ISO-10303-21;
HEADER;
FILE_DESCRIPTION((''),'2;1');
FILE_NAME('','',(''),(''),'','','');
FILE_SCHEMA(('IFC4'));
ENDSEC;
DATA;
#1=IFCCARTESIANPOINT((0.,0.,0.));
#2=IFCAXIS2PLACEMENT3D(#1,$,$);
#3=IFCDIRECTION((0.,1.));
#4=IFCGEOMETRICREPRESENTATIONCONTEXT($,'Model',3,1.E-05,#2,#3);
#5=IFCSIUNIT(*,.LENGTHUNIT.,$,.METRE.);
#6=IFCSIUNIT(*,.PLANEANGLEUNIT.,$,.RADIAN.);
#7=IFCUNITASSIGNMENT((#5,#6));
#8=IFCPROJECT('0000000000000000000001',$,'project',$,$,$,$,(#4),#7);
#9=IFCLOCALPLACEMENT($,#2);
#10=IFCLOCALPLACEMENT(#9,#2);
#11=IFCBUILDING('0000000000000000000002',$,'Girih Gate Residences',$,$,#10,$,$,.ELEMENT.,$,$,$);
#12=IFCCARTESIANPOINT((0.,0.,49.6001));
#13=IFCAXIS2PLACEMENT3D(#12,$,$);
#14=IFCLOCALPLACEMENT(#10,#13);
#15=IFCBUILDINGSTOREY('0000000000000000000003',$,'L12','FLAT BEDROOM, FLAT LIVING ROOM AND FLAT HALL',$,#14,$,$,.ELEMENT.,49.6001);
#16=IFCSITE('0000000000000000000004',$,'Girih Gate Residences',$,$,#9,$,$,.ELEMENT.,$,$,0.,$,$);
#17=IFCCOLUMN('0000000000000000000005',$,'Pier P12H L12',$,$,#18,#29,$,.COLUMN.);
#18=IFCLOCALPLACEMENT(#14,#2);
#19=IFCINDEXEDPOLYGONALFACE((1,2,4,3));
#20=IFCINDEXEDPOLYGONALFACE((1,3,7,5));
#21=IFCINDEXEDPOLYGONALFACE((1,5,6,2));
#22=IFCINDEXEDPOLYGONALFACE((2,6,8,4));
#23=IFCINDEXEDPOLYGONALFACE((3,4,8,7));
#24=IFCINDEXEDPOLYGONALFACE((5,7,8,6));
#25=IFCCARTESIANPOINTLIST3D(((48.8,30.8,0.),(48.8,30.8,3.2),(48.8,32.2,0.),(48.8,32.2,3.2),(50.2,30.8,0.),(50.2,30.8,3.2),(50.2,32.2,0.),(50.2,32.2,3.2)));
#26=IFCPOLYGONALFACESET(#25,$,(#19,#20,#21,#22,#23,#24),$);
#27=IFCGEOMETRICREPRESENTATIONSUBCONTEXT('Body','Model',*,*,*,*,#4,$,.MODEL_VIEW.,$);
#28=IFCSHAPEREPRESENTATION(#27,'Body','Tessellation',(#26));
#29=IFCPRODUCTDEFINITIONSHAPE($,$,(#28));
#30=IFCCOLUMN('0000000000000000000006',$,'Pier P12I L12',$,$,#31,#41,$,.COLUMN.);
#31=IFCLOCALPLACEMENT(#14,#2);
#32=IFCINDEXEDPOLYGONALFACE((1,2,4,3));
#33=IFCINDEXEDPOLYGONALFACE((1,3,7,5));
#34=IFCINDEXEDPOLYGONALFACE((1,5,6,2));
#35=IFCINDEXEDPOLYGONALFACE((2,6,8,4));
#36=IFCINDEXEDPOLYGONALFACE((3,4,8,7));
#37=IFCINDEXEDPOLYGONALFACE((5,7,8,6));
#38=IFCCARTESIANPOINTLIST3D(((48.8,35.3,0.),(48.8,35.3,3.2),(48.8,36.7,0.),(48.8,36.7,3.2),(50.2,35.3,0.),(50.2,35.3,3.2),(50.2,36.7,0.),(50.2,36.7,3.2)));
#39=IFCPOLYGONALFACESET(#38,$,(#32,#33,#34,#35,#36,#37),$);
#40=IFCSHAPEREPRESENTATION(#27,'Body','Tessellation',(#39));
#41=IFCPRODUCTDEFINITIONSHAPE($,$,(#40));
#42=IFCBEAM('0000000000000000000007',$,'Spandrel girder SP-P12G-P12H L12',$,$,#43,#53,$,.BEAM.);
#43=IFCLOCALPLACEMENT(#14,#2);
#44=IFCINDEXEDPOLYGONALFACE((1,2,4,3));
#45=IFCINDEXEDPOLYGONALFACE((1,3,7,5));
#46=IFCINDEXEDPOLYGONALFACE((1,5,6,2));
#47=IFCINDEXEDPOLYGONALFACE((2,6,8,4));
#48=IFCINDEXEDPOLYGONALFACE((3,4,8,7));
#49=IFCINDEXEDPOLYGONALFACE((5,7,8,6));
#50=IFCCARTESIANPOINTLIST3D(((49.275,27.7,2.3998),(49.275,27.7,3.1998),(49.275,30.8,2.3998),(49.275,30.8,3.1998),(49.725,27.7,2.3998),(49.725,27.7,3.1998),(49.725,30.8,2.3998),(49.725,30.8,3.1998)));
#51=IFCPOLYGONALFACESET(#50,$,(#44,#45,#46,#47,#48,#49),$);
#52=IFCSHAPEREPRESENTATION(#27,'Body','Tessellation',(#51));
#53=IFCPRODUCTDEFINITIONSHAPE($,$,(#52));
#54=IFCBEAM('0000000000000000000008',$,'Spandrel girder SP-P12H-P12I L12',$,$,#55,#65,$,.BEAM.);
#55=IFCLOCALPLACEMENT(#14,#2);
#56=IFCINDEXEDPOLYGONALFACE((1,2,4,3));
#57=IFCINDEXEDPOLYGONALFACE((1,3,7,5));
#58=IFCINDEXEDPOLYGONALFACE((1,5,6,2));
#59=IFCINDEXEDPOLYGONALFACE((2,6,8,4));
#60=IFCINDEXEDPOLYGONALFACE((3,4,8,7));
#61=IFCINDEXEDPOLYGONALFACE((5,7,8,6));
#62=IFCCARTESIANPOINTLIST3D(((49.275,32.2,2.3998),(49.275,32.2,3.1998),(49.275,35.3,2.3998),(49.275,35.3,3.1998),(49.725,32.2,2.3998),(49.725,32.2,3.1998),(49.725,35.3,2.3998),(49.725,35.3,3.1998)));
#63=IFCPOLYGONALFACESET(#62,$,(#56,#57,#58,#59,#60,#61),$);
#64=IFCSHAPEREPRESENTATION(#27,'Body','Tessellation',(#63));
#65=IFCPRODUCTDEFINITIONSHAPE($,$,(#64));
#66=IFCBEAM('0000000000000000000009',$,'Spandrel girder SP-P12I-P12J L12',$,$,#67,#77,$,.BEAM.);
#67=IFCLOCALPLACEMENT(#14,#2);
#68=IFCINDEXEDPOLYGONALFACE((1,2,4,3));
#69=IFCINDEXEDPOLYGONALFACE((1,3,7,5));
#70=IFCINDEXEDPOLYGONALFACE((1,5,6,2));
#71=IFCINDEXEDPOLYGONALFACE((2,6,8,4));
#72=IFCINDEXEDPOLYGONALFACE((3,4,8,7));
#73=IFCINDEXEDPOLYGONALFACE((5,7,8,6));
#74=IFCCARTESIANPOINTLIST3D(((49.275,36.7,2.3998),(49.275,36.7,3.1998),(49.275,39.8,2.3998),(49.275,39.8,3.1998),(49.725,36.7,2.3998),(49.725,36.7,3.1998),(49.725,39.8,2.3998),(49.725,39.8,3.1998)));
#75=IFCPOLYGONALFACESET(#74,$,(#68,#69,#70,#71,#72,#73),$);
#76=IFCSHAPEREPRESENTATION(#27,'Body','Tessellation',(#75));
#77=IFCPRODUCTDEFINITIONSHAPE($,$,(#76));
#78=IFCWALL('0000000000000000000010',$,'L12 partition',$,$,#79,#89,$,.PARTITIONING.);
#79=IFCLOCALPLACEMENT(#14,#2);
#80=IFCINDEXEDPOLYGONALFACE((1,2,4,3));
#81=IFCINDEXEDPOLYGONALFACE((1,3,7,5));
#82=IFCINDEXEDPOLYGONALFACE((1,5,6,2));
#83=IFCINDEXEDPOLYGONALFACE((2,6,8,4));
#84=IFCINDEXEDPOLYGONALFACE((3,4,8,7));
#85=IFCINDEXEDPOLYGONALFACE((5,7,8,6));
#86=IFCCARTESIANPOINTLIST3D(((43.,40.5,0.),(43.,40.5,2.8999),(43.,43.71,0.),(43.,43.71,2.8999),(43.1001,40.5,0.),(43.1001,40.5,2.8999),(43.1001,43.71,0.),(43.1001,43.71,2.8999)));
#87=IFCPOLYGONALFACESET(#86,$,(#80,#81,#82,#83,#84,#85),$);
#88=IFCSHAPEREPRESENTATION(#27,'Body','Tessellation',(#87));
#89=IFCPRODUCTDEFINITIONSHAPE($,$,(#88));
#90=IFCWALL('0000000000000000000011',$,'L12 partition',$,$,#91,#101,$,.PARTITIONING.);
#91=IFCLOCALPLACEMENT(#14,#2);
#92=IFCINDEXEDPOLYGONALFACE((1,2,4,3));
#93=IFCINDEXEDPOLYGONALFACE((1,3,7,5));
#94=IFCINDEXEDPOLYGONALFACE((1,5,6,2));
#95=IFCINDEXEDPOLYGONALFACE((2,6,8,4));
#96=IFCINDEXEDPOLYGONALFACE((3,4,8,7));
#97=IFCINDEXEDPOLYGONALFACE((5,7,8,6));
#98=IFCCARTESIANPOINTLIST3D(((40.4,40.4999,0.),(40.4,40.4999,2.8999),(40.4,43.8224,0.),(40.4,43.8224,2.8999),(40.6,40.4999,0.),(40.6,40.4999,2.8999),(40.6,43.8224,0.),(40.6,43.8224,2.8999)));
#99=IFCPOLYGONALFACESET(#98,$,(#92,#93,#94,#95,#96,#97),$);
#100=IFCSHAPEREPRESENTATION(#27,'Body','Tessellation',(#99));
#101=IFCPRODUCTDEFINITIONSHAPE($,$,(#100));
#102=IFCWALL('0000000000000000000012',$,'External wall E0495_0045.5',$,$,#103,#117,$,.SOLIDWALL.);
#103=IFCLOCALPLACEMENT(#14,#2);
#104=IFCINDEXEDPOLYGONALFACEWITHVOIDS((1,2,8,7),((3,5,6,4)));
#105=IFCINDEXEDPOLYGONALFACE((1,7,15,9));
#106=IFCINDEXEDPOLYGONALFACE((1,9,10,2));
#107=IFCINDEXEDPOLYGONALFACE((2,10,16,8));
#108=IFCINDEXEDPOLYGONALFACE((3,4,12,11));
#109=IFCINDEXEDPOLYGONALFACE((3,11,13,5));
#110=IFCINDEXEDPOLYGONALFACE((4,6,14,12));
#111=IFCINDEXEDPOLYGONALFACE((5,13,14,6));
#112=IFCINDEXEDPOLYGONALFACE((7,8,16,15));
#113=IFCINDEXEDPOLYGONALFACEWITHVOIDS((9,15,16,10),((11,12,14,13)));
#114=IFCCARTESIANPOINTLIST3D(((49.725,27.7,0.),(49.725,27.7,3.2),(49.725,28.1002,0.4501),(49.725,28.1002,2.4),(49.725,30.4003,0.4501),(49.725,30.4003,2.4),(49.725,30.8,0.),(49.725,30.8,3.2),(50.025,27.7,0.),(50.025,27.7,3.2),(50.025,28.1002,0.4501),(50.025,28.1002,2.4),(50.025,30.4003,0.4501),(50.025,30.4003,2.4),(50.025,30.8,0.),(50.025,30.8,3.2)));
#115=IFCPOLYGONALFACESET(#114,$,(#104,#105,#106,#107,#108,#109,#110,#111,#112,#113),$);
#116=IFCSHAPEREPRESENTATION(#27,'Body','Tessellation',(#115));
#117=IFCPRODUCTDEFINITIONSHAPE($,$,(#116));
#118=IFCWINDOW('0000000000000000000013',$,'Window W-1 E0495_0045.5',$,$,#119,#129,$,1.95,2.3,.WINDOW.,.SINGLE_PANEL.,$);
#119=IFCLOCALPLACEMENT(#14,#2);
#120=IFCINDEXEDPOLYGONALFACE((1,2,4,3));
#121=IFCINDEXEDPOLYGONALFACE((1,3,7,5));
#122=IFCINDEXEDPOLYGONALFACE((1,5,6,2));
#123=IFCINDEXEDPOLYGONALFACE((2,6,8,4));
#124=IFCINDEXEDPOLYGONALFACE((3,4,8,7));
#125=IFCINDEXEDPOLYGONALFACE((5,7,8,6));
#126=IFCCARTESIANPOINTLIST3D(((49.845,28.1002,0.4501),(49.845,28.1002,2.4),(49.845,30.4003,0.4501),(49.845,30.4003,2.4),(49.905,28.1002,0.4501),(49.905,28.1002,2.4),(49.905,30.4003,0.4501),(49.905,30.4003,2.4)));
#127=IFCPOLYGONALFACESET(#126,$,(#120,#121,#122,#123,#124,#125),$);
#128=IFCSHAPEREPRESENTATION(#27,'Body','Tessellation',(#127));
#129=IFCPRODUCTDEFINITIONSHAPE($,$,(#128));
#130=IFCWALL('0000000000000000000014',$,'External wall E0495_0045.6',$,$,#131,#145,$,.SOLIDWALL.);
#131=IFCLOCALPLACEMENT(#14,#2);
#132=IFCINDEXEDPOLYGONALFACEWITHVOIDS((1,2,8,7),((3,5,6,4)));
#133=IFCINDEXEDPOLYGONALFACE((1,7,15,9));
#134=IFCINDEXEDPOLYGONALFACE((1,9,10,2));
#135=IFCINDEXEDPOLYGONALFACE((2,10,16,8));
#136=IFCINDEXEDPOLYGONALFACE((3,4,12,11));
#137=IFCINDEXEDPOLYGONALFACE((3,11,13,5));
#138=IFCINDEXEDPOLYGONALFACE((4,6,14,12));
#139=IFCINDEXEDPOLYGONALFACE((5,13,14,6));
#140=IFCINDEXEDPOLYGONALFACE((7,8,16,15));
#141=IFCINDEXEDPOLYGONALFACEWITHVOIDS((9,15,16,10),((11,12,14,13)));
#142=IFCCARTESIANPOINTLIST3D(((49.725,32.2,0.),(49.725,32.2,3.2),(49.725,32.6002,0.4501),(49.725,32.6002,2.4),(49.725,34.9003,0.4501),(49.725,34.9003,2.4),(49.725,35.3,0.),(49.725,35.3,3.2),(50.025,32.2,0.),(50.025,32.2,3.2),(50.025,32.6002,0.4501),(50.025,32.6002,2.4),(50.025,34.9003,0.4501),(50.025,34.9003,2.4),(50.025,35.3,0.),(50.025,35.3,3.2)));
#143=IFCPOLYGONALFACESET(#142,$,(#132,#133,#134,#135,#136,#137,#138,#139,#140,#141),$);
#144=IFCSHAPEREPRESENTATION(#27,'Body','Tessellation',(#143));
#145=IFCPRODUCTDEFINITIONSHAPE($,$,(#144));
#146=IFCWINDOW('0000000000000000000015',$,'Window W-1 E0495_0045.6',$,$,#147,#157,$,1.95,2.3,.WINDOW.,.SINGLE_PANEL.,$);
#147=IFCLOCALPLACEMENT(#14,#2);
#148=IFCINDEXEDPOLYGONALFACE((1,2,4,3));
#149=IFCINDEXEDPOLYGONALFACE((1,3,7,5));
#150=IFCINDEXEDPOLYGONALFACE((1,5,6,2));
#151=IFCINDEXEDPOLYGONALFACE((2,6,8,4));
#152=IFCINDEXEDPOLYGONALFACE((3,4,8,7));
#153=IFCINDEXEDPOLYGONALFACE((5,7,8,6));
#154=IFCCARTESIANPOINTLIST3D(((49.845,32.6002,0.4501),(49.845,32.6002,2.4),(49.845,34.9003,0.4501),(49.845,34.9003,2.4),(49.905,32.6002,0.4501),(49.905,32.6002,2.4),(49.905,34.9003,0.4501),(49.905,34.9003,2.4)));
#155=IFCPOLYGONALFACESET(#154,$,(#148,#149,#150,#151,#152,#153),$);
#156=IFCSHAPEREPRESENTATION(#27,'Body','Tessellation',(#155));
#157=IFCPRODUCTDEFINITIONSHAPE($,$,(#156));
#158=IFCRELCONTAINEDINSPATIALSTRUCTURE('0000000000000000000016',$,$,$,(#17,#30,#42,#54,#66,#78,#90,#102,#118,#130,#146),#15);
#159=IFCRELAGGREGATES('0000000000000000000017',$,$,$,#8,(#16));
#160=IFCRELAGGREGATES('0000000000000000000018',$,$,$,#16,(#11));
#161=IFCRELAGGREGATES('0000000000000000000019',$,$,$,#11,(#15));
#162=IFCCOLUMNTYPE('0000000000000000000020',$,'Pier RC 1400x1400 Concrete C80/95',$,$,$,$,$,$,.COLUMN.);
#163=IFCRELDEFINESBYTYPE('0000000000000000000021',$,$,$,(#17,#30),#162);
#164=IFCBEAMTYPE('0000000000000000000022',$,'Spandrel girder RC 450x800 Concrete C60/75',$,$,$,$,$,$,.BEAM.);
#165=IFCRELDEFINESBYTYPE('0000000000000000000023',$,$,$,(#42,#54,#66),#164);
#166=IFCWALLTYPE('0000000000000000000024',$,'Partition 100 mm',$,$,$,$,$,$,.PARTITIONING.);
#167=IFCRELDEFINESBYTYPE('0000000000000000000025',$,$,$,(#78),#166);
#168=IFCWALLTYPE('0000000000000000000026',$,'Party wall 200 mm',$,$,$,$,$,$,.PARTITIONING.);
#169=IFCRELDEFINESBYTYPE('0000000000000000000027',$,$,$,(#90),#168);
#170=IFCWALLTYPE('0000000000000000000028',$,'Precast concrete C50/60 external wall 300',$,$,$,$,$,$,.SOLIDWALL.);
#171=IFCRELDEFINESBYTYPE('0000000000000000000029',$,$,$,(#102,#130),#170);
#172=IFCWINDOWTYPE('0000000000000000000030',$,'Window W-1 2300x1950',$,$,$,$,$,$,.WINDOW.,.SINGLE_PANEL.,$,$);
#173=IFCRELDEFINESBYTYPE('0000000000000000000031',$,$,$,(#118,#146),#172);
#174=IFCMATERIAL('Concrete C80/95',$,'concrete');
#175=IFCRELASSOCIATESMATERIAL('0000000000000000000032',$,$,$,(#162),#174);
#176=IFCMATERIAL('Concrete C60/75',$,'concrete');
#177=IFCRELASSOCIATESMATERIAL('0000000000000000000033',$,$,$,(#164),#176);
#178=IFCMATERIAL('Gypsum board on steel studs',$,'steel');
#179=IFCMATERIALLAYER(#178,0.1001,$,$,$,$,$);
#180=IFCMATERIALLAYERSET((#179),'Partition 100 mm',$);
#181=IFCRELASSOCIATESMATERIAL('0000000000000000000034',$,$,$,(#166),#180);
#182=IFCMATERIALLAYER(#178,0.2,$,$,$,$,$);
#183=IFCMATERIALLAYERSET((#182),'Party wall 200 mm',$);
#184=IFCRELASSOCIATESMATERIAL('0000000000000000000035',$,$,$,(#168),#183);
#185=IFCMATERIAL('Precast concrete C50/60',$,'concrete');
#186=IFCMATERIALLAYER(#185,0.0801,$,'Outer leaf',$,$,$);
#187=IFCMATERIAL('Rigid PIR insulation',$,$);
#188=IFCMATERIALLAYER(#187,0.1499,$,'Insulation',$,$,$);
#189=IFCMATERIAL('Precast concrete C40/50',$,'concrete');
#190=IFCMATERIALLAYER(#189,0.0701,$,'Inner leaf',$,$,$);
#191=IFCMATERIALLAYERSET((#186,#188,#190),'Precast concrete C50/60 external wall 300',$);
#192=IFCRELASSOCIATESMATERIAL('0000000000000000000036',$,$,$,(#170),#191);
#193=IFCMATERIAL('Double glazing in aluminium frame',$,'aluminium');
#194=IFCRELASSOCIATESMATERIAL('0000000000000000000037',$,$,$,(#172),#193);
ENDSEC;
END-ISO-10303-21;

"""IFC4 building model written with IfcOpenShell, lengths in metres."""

from ifc_helpers import new_model, si_unit, direction, frame, frame_2d, origin, origin_2d, place, context, subcontext, project, spatial, rectangle, extrude, material, layer, layer_set, material_profile, profile_set, type_object, element, fill, save


model = new_model("IFC4")

# Units and contexts
model_context = context("Model", 3, precision=1e-05, world=origin(), true_north=direction((0.0, 1.0)))
body_context = subcontext(model_context, "Body", "Model", "MODEL_VIEW")
ifc_project = project(units=[si_unit("LENGTHUNIT", "METRE"), si_unit("PLANEANGLEUNIT", "RADIAN")], contexts=[model_context])

# Site, building, storey
site_placement = place(None, origin())
site = spatial("IfcSite", under=ifc_project, at=site_placement, Name="Girih Gate Residences", CompositionType="ELEMENT", RefElevation=0.0)
building_placement = place(site_placement, origin())
building = spatial("IfcBuilding", under=site, at=building_placement, Name="Girih Gate Residences", CompositionType="ELEMENT")
storey_placement = place(building_placement, frame((0.0, 0.0, 49.6001)))
storey = spatial("IfcBuildingStorey", under=building, at=storey_placement, Name="L12", Description="FLAT BEDROOM, FLAT LIVING ROOM AND FLAT HALL", CompositionType="ELEMENT", Elevation=49.6001)

# Columns
ifc_material_1 = material(Name="Concrete C80/95", Category="concrete")
ifc_material_profile_1 = material_profile(ifc_material_1, rectangle(XDim=1.3999, YDim=1.3999, at=origin_2d()))
ifc_profile_set_1 = profile_set([ifc_material_profile_1], Name="Concrete C80/95")
column_type = type_object("IfcColumnType", Name="Pier RC 1400x1400 Concrete C80/95", PredefinedType="COLUMN", material=ifc_profile_set_1)
for number, where, z_axis, x_axis, name in (
    (1, (49.5, 31.5, 0.0), (0.0, 0.0, 1.0), (1.0, 0.0, 0.0), "Pier P12H L12"),
    (2, (49.5, 36.0, 0.0), (0.0, 0.0, 1.0), (1.0, 0.0, 0.0), "Pier P12I L12"),
):
    element("IfcColumn", number, at=place(storey_placement, frame(where, z_axis=z_axis, x_axis=x_axis)), inside=storey, type_object=column_type, Name=name, PredefinedType="COLUMN", context=body_context, shape_type="SweptSolid", body=[
        extrude(rectangle(XDim=1.3999, YDim=1.3999, at=origin_2d()), origin(), (0.0, 0.0, 1.0), 3.2),
    ])

# Beams
ifc_material_2 = material(Name="Concrete C60/75", Category="concrete")
ifc_material_profile_2 = material_profile(ifc_material_2, rectangle(XDim=0.45, YDim=0.8, at=origin_2d()))
ifc_profile_set_2 = profile_set([ifc_material_profile_2], Name="Concrete C60/75")
beam_type = type_object("IfcBeamType", Name="Spandrel girder RC 450x800 Concrete C60/75", PredefinedType="BEAM", material=ifc_profile_set_2)
for number, where, z_axis, x_axis, name in (
    (3, (49.5, 27.7, 2.7998), (0.0, 1.0, 0.0), (-1.0, 0.0, 0.0), "Spandrel girder SP-P12G-P12H L12"),
    (4, (49.5, 32.2, 2.7998), (0.0, 1.0, 0.0), (-1.0, 0.0, 0.0), "Spandrel girder SP-P12H-P12I L12"),
    (5, (49.5, 36.7, 2.7998), (0.0, 1.0, 0.0), (-1.0, 0.0, 0.0), "Spandrel girder SP-P12I-P12J L12"),
):
    element("IfcBeam", number, at=place(storey_placement, frame(where, z_axis=z_axis, x_axis=x_axis)), inside=storey, type_object=beam_type, Name=name, PredefinedType="BEAM", context=body_context, shape_type="SweptSolid", body=[
        extrude(rectangle(XDim=0.45, YDim=0.8, at=origin_2d()), origin(), (0.0, 0.0, 1.0), 3.1001),
    ])

# Walls
ifc_material_3 = material(Name="Gypsum board on steel studs", Category="steel")
ifc_layer_1 = layer(ifc_material_3, 0.1001)
ifc_layer_set_1 = layer_set([ifc_layer_1], Name="Partition 100 mm")
wall_type_1 = type_object("IfcWallType", Name="Partition 100 mm", PredefinedType="PARTITIONING", material=ifc_layer_set_1)
wall_1_placement = place(storey_placement, frame((43.05, 40.5, 0.0), z_axis=(0.0, 0.0, 1.0), x_axis=(0.0, 1.0, 0.0)))
element("IfcWall", 6, at=wall_1_placement, inside=storey, type_object=wall_type_1, Name="L12 partition", PredefinedType="PARTITIONING", context=body_context, shape_type="SweptSolid", body=[
    extrude(rectangle(XDim=3.21, YDim=0.1001, at=frame_2d((1.605, 0.0))), origin(), (0.0, 0.0, 1.0), 2.8999),
])
ifc_layer_2 = layer(ifc_material_3, 0.2)
ifc_layer_set_2 = layer_set([ifc_layer_2], Name="Party wall 200 mm")
wall_type_2 = type_object("IfcWallType", Name="Party wall 200 mm", PredefinedType="PARTITIONING", material=ifc_layer_set_2)
wall_2_placement = place(storey_placement, frame((40.5, 40.5, 0.0), z_axis=(0.0, 0.0, 1.0), x_axis=(0.0, 1.0, 0.0)))
element("IfcWall", 7, at=wall_2_placement, inside=storey, type_object=wall_type_2, Name="L12 partition", PredefinedType="PARTITIONING", context=body_context, shape_type="SweptSolid", body=[
    extrude(rectangle(XDim=3.3225, YDim=0.2, at=frame_2d((1.6611, 0.0))), origin(), (0.0, 0.0, 1.0), 2.8999),
])

# Walls, openings, windows
ifc_material_4 = material(Name="Precast concrete C50/60", Category="concrete")
ifc_layer_3 = layer(ifc_material_4, 0.0801, Name="Outer leaf")
ifc_material_5 = material(Name="Rigid PIR insulation")
ifc_layer_4 = layer(ifc_material_5, 0.1499, Name="Insulation")
ifc_material_6 = material(Name="Precast concrete C40/50", Category="concrete")
ifc_layer_5 = layer(ifc_material_6, 0.0701, Name="Inner leaf")
ifc_layer_set_3 = layer_set([ifc_layer_3, ifc_layer_4, ifc_layer_5], Name="Precast concrete C50/60 external wall 300")
wall_type_3 = type_object("IfcWallType", Name="Precast concrete C50/60 external wall 300", PredefinedType="SOLIDWALL", material=ifc_layer_set_3)
wall_3_placement = place(storey_placement, frame((49.875, 30.8, 0.0), z_axis=(0.0, 0.0, 1.0), x_axis=(0.0, -1.0, 0.0)))
wall_3 = element("IfcWall", 8, at=wall_3_placement, inside=storey, type_object=wall_type_3, Name="External wall E0495_0045.5", PredefinedType="SOLIDWALL", context=body_context, shape_type="SweptSolid", body=[
    extrude(rectangle(XDim=3.1001, YDim=0.3, at=frame_2d((1.55, 0.0))), origin(), (0.0, 0.0, 1.0), 3.2),
])
opening_1_placement = place(wall_3_placement, frame((0.3999, 0.0, 0.45)))
opening_1 = element("IfcOpeningElement", 9, at=opening_1_placement, cuts=wall_3, PredefinedType="OPENING", context=body_context, shape_type="SweptSolid", body=[
    extrude(rectangle(XDim=2.3, YDim=1.95, at=frame_2d((1.1499, 0.9751))), frame((0.0, 0.1599, 0.0), z_axis=(0.0, -1.0, 0.0), x_axis=(1.0, 0.0, 0.0)), (0.0, 0.0, 1.0), 0.3201),
])
ifc_material_7 = material(Name="Double glazing in aluminium frame", Category="aluminium")
window_type = type_object("IfcWindowType", Name="Window W-1 2300x1950", PartitioningType="SINGLE_PANEL", PredefinedType="WINDOW", material=ifc_material_7)
window_1_placement = place(opening_1_placement, origin())
window_1 = element("IfcWindow", 10, at=window_1_placement, inside=storey, type_object=window_type, Name="Window W-1 E0495_0045.5", OverallHeight=1.95, OverallWidth=2.3, PartitioningType="SINGLE_PANEL", PredefinedType="WINDOW", context=body_context, shape_type="SweptSolid", body=[
    extrude(rectangle(XDim=2.3, YDim=1.95, at=frame_2d((1.1499, 0.9751))), frame((0.0, 0.03, 0.0), z_axis=(0.0, -1.0, 0.0), x_axis=(1.0, 0.0, 0.0)), (0.0, 0.0, 1.0), 0.0601),
])
fill(opening_1, window_1)
wall_4_placement = place(storey_placement, frame((49.875, 35.3, 0.0), z_axis=(0.0, 0.0, 1.0), x_axis=(0.0, -1.0, 0.0)))
wall_4 = element("IfcWall", 11, at=wall_4_placement, inside=storey, type_object=wall_type_3, Name="External wall E0495_0045.6", PredefinedType="SOLIDWALL", context=body_context, shape_type="SweptSolid", body=[
    extrude(rectangle(XDim=3.1001, YDim=0.3, at=frame_2d((1.55, 0.0))), origin(), (0.0, 0.0, 1.0), 3.2),
])
opening_2_placement = place(wall_4_placement, frame((0.3999, 0.0, 0.45)))
opening_2 = element("IfcOpeningElement", 12, at=opening_2_placement, cuts=wall_4, PredefinedType="OPENING", context=body_context, shape_type="SweptSolid", body=[
    extrude(rectangle(XDim=2.3, YDim=1.95, at=frame_2d((1.1499, 0.9751))), frame((0.0, 0.1599, 0.0), z_axis=(0.0, -1.0, 0.0), x_axis=(1.0, 0.0, 0.0)), (0.0, 0.0, 1.0), 0.3201),
])
window_2_placement = place(opening_2_placement, origin())
window_2 = element("IfcWindow", 13, at=window_2_placement, inside=storey, type_object=window_type, Name="Window W-1 E0495_0045.6", OverallHeight=1.95, OverallWidth=2.3, PartitioningType="SINGLE_PANEL", PredefinedType="WINDOW", context=body_context, shape_type="SweptSolid", body=[
    extrude(rectangle(XDim=2.3, YDim=1.95, at=frame_2d((1.1499, 0.9751))), frame((0.0, 0.03, 0.0), z_axis=(0.0, -1.0, 0.0), x_axis=(1.0, 0.0, 0.0)), (0.0, 0.0, 1.0), 0.0601),
])
fill(opening_2, window_2)

save(model, "model.ifc")
